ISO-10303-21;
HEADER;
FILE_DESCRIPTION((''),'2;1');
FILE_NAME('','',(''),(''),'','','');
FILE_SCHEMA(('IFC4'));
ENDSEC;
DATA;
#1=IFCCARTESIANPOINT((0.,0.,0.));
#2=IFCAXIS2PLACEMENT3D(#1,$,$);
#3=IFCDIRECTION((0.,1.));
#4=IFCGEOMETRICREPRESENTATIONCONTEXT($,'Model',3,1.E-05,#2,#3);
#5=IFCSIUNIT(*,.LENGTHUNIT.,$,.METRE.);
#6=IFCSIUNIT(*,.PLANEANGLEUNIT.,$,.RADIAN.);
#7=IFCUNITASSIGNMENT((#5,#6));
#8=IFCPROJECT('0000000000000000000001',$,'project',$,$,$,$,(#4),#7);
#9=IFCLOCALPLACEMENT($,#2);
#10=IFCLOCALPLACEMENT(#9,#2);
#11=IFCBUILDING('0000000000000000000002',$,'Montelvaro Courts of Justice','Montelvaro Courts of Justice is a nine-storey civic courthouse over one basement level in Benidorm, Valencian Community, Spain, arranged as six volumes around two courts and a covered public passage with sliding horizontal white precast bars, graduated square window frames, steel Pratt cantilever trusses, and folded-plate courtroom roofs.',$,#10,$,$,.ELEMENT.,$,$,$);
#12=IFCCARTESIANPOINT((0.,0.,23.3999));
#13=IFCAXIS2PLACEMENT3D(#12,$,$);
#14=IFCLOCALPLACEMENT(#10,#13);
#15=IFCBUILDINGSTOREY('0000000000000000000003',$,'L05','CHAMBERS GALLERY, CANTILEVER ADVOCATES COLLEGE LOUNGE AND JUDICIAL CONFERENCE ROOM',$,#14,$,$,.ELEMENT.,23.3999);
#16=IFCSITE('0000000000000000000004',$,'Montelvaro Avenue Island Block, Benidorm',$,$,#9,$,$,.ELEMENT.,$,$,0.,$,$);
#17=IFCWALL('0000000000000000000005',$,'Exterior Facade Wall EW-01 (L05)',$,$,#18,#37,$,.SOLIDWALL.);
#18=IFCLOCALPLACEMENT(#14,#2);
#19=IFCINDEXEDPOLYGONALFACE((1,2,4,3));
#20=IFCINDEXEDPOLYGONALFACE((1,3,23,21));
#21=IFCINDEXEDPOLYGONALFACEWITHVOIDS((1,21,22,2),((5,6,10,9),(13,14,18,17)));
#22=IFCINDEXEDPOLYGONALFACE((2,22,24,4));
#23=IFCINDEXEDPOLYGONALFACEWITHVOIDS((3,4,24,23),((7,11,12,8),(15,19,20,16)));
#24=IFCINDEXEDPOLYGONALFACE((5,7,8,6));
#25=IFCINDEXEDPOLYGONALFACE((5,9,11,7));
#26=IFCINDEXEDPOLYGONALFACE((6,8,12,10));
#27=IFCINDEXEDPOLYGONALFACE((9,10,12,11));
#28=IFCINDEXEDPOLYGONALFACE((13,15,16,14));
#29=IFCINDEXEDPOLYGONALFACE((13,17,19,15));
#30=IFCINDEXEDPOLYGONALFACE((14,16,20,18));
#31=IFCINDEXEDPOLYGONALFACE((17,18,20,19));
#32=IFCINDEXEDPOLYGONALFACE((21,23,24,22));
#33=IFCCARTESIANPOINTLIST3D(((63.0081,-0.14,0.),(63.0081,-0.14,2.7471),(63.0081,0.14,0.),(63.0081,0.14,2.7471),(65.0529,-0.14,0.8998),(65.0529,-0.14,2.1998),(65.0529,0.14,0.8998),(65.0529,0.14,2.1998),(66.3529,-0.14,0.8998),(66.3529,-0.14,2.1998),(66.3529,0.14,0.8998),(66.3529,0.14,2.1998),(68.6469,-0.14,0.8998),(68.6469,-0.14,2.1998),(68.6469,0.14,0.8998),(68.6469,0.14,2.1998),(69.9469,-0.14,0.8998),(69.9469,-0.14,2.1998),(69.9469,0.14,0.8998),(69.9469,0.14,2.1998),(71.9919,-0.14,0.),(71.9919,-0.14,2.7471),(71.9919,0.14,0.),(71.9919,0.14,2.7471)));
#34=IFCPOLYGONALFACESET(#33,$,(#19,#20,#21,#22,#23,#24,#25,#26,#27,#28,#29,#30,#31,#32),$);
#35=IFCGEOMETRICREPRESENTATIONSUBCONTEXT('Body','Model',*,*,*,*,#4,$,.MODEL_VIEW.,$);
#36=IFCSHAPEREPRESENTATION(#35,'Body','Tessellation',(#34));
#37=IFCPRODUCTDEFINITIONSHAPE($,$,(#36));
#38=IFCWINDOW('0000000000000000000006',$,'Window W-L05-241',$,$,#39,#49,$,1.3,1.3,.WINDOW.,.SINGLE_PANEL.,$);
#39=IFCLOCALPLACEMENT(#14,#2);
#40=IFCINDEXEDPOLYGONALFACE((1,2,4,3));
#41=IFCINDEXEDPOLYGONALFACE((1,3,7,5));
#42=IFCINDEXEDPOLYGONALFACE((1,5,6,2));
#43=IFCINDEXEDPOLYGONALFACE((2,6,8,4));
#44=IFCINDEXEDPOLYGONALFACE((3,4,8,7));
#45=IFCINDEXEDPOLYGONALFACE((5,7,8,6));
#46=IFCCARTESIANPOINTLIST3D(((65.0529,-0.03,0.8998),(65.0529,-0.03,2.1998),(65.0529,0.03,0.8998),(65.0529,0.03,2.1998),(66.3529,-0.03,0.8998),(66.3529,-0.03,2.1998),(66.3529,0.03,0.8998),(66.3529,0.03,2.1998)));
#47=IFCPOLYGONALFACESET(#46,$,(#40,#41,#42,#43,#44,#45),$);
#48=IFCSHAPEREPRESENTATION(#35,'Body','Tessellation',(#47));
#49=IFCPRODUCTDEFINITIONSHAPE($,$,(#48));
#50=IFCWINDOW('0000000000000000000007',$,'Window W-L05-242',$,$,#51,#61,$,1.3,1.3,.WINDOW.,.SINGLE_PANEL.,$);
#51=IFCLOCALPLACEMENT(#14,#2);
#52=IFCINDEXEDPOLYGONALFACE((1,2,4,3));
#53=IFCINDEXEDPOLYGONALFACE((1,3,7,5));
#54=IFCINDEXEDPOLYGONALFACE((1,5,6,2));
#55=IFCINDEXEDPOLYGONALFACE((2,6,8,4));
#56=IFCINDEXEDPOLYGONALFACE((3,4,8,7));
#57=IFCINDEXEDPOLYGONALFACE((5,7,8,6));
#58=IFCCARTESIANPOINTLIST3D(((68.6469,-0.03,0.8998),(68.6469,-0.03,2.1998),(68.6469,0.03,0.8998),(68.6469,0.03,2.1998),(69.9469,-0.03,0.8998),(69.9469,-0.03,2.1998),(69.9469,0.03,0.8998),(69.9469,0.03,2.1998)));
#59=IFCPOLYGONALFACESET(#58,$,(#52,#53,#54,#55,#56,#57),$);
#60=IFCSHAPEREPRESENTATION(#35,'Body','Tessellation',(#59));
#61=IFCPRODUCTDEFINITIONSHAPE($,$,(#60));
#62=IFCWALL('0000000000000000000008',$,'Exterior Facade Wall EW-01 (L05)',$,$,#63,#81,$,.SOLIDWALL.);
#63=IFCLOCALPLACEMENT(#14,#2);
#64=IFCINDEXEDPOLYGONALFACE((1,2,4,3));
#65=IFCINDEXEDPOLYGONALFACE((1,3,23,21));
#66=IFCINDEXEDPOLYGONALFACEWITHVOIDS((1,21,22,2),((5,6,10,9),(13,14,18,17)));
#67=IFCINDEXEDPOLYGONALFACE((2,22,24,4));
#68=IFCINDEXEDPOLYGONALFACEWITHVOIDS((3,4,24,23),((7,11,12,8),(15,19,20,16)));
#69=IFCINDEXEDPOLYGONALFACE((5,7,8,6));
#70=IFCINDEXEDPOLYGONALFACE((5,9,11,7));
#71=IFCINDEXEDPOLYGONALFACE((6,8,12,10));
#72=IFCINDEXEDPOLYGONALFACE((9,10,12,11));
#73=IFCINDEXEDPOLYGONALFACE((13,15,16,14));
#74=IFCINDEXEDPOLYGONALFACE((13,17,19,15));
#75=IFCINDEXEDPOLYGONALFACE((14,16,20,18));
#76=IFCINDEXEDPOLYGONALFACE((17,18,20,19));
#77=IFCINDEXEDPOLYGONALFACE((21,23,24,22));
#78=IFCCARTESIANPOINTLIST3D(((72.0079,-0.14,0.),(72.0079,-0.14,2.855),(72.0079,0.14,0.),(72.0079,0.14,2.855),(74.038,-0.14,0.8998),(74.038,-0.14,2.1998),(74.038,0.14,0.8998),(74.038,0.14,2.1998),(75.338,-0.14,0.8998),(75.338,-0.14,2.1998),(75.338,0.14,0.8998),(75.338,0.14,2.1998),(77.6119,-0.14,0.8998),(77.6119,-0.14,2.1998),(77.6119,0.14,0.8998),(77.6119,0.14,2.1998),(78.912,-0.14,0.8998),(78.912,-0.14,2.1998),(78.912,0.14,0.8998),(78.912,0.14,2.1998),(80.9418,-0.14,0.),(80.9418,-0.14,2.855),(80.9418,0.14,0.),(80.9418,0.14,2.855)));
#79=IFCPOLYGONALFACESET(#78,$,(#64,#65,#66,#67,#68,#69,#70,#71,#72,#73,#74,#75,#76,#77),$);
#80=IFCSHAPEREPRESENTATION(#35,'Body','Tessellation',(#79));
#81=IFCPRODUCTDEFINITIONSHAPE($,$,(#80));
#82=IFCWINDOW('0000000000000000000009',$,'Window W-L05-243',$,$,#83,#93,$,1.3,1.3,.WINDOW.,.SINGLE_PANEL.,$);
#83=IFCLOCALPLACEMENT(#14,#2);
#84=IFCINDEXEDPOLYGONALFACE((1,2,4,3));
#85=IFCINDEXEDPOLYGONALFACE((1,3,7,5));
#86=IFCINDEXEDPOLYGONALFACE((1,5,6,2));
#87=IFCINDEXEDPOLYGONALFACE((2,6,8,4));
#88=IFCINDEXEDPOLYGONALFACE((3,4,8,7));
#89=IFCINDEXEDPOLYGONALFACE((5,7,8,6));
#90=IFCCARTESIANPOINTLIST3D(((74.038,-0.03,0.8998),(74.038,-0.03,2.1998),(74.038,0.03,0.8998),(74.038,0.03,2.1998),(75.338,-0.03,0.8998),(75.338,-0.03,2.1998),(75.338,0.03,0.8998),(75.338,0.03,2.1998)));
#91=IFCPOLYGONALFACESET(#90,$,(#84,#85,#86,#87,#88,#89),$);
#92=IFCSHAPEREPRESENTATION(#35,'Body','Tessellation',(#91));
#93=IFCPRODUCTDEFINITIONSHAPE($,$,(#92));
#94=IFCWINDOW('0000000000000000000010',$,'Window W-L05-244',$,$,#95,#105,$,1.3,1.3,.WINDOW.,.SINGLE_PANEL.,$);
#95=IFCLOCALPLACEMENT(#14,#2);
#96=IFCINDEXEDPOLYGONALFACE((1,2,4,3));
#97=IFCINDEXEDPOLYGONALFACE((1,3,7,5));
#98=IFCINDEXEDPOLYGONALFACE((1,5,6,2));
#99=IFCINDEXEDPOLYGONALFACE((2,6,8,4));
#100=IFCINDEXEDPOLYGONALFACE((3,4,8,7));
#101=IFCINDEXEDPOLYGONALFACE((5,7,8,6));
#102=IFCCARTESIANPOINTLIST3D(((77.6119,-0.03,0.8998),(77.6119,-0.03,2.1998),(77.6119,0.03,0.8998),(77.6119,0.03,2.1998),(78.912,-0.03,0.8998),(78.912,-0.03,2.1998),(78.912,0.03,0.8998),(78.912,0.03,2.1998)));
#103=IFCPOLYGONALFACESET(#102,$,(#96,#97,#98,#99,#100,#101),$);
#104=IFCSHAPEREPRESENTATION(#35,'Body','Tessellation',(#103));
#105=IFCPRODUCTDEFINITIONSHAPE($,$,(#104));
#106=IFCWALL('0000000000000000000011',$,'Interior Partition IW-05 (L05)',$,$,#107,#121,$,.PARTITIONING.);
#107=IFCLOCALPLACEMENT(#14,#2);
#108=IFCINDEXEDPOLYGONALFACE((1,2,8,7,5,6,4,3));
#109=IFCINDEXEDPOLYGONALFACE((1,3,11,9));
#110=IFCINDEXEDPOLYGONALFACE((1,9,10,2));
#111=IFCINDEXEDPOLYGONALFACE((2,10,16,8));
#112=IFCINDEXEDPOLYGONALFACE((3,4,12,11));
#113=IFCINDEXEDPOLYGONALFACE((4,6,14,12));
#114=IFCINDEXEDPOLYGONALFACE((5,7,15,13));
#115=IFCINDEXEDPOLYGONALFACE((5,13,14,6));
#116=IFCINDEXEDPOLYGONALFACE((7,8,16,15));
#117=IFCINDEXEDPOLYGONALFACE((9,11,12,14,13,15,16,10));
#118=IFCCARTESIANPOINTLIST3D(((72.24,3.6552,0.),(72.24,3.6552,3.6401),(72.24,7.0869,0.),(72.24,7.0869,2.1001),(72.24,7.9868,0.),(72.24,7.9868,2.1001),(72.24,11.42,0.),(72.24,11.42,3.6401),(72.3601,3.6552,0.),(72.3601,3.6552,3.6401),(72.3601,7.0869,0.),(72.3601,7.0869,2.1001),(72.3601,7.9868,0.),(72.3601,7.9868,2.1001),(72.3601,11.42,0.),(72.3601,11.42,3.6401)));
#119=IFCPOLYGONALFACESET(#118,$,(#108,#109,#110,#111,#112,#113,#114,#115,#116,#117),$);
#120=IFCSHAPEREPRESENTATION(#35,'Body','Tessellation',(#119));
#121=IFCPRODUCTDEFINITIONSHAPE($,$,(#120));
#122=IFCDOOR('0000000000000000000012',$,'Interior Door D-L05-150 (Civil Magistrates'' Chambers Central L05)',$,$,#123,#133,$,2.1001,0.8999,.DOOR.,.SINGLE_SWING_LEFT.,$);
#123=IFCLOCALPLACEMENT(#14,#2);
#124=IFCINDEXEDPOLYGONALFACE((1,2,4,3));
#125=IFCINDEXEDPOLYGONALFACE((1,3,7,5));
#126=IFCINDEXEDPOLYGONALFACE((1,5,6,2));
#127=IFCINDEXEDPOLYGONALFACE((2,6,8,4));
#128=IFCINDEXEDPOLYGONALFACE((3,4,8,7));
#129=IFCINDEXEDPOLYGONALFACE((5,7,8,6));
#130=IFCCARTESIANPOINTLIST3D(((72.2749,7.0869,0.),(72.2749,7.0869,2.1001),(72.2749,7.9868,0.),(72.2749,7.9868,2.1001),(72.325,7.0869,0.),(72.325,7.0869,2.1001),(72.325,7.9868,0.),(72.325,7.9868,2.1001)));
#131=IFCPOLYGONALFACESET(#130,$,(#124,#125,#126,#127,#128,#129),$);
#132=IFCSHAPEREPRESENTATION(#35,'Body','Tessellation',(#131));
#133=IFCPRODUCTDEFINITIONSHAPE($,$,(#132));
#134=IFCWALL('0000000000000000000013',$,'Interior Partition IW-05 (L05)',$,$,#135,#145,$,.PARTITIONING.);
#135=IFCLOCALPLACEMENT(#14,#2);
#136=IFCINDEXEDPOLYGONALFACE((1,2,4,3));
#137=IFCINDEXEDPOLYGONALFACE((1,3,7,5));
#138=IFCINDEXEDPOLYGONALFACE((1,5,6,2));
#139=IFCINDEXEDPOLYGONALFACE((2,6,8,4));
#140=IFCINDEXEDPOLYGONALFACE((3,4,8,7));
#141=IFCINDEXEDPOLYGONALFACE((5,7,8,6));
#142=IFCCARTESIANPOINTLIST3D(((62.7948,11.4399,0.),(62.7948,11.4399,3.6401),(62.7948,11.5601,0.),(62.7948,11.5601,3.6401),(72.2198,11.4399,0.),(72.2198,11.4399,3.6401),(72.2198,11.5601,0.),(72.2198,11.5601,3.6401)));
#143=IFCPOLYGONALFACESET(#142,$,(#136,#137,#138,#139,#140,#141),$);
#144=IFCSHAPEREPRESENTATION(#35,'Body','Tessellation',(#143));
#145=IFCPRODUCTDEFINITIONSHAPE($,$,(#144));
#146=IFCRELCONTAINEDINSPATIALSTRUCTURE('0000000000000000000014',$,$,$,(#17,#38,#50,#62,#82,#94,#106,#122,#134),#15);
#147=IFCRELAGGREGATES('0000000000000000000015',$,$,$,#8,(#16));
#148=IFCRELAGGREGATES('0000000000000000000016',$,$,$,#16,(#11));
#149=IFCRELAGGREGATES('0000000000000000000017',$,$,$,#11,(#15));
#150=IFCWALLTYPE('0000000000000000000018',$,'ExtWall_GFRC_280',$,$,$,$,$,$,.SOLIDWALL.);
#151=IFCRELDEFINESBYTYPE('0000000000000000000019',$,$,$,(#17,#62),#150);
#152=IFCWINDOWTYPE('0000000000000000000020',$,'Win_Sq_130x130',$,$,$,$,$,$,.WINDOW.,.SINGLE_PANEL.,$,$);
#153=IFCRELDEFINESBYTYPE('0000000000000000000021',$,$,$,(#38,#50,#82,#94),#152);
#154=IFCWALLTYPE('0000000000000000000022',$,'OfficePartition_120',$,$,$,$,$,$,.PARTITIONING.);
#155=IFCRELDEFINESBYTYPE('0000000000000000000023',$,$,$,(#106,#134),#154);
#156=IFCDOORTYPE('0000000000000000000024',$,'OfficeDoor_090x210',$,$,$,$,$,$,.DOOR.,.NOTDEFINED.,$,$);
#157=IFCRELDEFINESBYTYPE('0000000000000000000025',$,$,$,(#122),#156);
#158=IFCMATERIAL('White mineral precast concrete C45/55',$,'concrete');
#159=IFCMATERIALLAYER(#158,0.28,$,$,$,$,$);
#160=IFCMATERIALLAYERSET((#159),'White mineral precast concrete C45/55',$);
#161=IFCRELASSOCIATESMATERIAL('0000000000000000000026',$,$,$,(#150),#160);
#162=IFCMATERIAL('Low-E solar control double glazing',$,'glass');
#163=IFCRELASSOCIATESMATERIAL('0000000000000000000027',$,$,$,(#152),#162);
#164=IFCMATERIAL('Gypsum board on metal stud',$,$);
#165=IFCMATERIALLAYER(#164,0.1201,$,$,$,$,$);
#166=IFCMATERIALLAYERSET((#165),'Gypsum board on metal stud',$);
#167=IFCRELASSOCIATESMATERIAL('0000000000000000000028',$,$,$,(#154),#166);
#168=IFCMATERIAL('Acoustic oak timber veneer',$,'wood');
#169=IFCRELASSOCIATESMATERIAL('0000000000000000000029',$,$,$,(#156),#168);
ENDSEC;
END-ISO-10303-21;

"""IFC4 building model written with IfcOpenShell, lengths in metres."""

from ifc_helpers import new_model, si_unit, direction, frame, frame_2d, origin, place, context, subcontext, project, spatial, rectangle, extrude, material, layer, layer_set, type_object, element, fill, save


model = new_model("IFC4")

# Units and contexts
model_context = context("Model", 3, precision=1e-05, world=origin(), true_north=direction((0.0, 1.0)))
body_context = subcontext(model_context, "Body", "Model", "MODEL_VIEW")
ifc_project = project(units=[si_unit("LENGTHUNIT", "METRE"), si_unit("PLANEANGLEUNIT", "RADIAN")], contexts=[model_context])

# Site, building, storey
site_placement = place(None, origin())
site = spatial("IfcSite", under=ifc_project, at=site_placement, Name="Montelvaro Avenue Island Block, Benidorm", CompositionType="ELEMENT", RefElevation=0.0)
building_placement = place(site_placement, origin())
building = spatial("IfcBuilding", under=site, at=building_placement, Name="Montelvaro Courts of Justice", Description="Montelvaro Courts of Justice is a nine-storey civic courthouse over one basement level in Benidorm, Valencian Community, Spain, arranged as six volumes around two courts and a covered public passage with sliding horizontal white precast bars, graduated square window frames, steel Pratt cantilever trusses, and folded-plate courtroom roofs.", CompositionType="ELEMENT")
storey_placement = place(building_placement, frame((0.0, 0.0, 23.3999)))
storey = spatial("IfcBuildingStorey", under=building, at=storey_placement, Name="L05", Description="CHAMBERS GALLERY, CANTILEVER ADVOCATES COLLEGE LOUNGE AND JUDICIAL CONFERENCE ROOM", CompositionType="ELEMENT", Elevation=23.3999)

# Shared definitions
ifc_material_1 = material(Name="White mineral precast concrete C45/55", Category="concrete")

# Walls, openings, windows
ifc_layer_1 = layer(ifc_material_1, 0.28)
ifc_layer_set_1 = layer_set([ifc_layer_1], Name="White mineral precast concrete C45/55")
wall_type_1 = type_object("IfcWallType", Name="ExtWall_GFRC_280", PredefinedType="SOLIDWALL", material=ifc_layer_set_1)
wall_1_placement = place(storey_placement, frame((63.0081, 0.0, 0.0), z_axis=(0.0, 0.0, 1.0), x_axis=(1.0, 0.0, 0.0)))
wall_1 = element("IfcWall", 1, at=wall_1_placement, inside=storey, type_object=wall_type_1, Name="Exterior Facade Wall EW-01 (L05)", PredefinedType="SOLIDWALL", context=body_context, shape_type="SweptSolid", body=[
    extrude(rectangle(XDim=8.9839, YDim=0.28, at=frame_2d((4.4919, 0.0))), origin(), (0.0, 0.0, 1.0), 2.7471),
])
opening_1_placement = place(wall_1_placement, frame((2.0449, 0.0, 0.8999)))
opening_1 = element("IfcOpeningElement", 2, at=opening_1_placement, cuts=wall_1, PredefinedType="OPENING", context=body_context, shape_type="SweptSolid", body=[
    extrude(rectangle(XDim=1.3, YDim=1.3, at=frame_2d((0.6499, 0.6499))), frame((0.0, 0.1548, 0.0), z_axis=(0.0, -1.0, 0.0), x_axis=(1.0, 0.0, 0.0)), (0.0, 0.0, 1.0), 0.3098),
])
opening_2_placement = place(wall_1_placement, frame((5.6389, 0.0, 0.8999)))
opening_2 = element("IfcOpeningElement", 3, at=opening_2_placement, cuts=wall_1, PredefinedType="OPENING", context=body_context, shape_type="SweptSolid", body=[
    extrude(rectangle(XDim=1.3, YDim=1.3, at=frame_2d((0.6499, 0.6499))), frame((0.0, 0.1548, 0.0), z_axis=(0.0, -1.0, 0.0), x_axis=(1.0, 0.0, 0.0)), (0.0, 0.0, 1.0), 0.3098),
])
ifc_material_2 = material(Name="Low-E solar control double glazing", Category="glass")
window_type = type_object("IfcWindowType", Name="Win_Sq_130x130", PartitioningType="SINGLE_PANEL", PredefinedType="WINDOW", material=ifc_material_2)
window_1_placement = place(opening_1_placement, origin())
window_1 = element("IfcWindow", 4, at=window_1_placement, inside=storey, type_object=window_type, Name="Window W-L05-241", OverallHeight=1.3, OverallWidth=1.3, PartitioningType="SINGLE_PANEL", PredefinedType="WINDOW", context=body_context, shape_type="SweptSolid", body=[
    extrude(rectangle(XDim=1.3, YDim=1.3, at=frame_2d((0.6499, 0.6499))), frame((0.0, 0.03, 0.0), z_axis=(0.0, -1.0, 0.0), x_axis=(1.0, 0.0, 0.0)), (0.0, 0.0, 1.0), 0.0601),
])
fill(opening_1, window_1)
window_2_placement = place(opening_2_placement, origin())
window_2 = element("IfcWindow", 5, at=window_2_placement, inside=storey, type_object=window_type, Name="Window W-L05-242", OverallHeight=1.3, OverallWidth=1.3, PartitioningType="SINGLE_PANEL", PredefinedType="WINDOW", context=body_context, shape_type="SweptSolid", body=[
    extrude(rectangle(XDim=1.3, YDim=1.3, at=frame_2d((0.6499, 0.6499))), frame((0.0, 0.03, 0.0), z_axis=(0.0, -1.0, 0.0), x_axis=(1.0, 0.0, 0.0)), (0.0, 0.0, 1.0), 0.0601),
])
fill(opening_2, window_2)
wall_2_placement = place(storey_placement, frame((72.0081, 0.0, 0.0), z_axis=(0.0, 0.0, 1.0), x_axis=(1.0, 0.0, 0.0)))
wall_2 = element("IfcWall", 6, at=wall_2_placement, inside=storey, type_object=wall_type_1, Name="Exterior Facade Wall EW-01 (L05)", PredefinedType="SOLIDWALL", context=body_context, shape_type="SweptSolid", body=[
    extrude(rectangle(XDim=8.9338, YDim=0.28, at=frame_2d((4.4668, 0.0))), origin(), (0.0, 0.0, 1.0), 2.855),
])
opening_3_placement = place(wall_2_placement, frame((2.03, 0.0, 0.8999)))
opening_3 = element("IfcOpeningElement", 7, at=opening_3_placement, cuts=wall_2, PredefinedType="OPENING", context=body_context, shape_type="SweptSolid", body=[
    extrude(rectangle(XDim=1.3, YDim=1.3, at=frame_2d((0.6499, 0.6499))), frame((0.0, 0.1548, 0.0), z_axis=(0.0, -1.0, 0.0), x_axis=(1.0, 0.0, 0.0)), (0.0, 0.0, 1.0), 0.3098),
])
opening_4_placement = place(wall_2_placement, frame((5.604, 0.0, 0.8999)))
opening_4 = element("IfcOpeningElement", 8, at=opening_4_placement, cuts=wall_2, PredefinedType="OPENING", context=body_context, shape_type="SweptSolid", body=[
    extrude(rectangle(XDim=1.3, YDim=1.3, at=frame_2d((0.6499, 0.6499))), frame((0.0, 0.1548, 0.0), z_axis=(0.0, -1.0, 0.0), x_axis=(1.0, 0.0, 0.0)), (0.0, 0.0, 1.0), 0.3098),
])
window_3_placement = place(opening_3_placement, origin())
window_3 = element("IfcWindow", 9, at=window_3_placement, inside=storey, type_object=window_type, Name="Window W-L05-243", OverallHeight=1.3, OverallWidth=1.3, PartitioningType="SINGLE_PANEL", PredefinedType="WINDOW", context=body_context, shape_type="SweptSolid", body=[
    extrude(rectangle(XDim=1.3, YDim=1.3, at=frame_2d((0.6499, 0.6499))), frame((0.0, 0.03, 0.0), z_axis=(0.0, -1.0, 0.0), x_axis=(1.0, 0.0, 0.0)), (0.0, 0.0, 1.0), 0.0601),
])
fill(opening_3, window_3)
window_4_placement = place(opening_4_placement, origin())
window_4 = element("IfcWindow", 10, at=window_4_placement, inside=storey, type_object=window_type, Name="Window W-L05-244", OverallHeight=1.3, OverallWidth=1.3, PartitioningType="SINGLE_PANEL", PredefinedType="WINDOW", context=body_context, shape_type="SweptSolid", body=[
    extrude(rectangle(XDim=1.3, YDim=1.3, at=frame_2d((0.6499, 0.6499))), frame((0.0, 0.03, 0.0), z_axis=(0.0, -1.0, 0.0), x_axis=(1.0, 0.0, 0.0)), (0.0, 0.0, 1.0), 0.0601),
])
fill(opening_4, window_4)

# Wall, opening, door
ifc_material_3 = material(Name="Gypsum board on metal stud")
ifc_layer_2 = layer(ifc_material_3, 0.1201)
ifc_layer_set_2 = layer_set([ifc_layer_2], Name="Gypsum board on metal stud")
wall_type_2 = type_object("IfcWallType", Name="OfficePartition_120", PredefinedType="PARTITIONING", material=ifc_layer_set_2)
wall_3_placement = place(storey_placement, frame((72.3, 11.4199, 0.0), z_axis=(0.0, 0.0, 1.0), x_axis=(0.0, -1.0, 0.0)))
wall_3 = element("IfcWall", 11, at=wall_3_placement, inside=storey, type_object=wall_type_2, Name="Interior Partition IW-05 (L05)", PredefinedType="PARTITIONING", context=body_context, shape_type="SweptSolid", body=[
    extrude(rectangle(XDim=7.7649, YDim=0.1201, at=frame_2d((3.8823, 0.0))), origin(), (0.0, 0.0, 1.0), 3.6401),
])
opening_5_placement = place(wall_3_placement, frame((3.4331, 0.0, 0.0)))
opening_5 = element("IfcOpeningElement", 12, at=opening_5_placement, cuts=wall_3, PredefinedType="OPENING", context=body_context, shape_type="SweptSolid", body=[
    extrude(rectangle(XDim=0.8999, YDim=2.1001, at=frame_2d((0.45, 1.05))), frame((0.0, 0.075, 0.0), z_axis=(0.0, -1.0, 0.0), x_axis=(1.0, 0.0, 0.0)), (0.0, 0.0, 1.0), 0.1499),
])
ifc_material_4 = material(Name="Acoustic oak timber veneer", Category="wood")
door_type = type_object("IfcDoorType", Name="OfficeDoor_090x210", OperationType="NOTDEFINED", PredefinedType="DOOR", material=ifc_material_4)
door_placement = place(opening_5_placement, origin())
door = element("IfcDoor", 13, at=door_placement, inside=storey, type_object=door_type, Name="Interior Door D-L05-150 (Civil Magistrates' Chambers Central L05)", OperationType="SINGLE_SWING_LEFT", OverallHeight=2.1001, OverallWidth=0.8999, PredefinedType="DOOR", context=body_context, shape_type="SweptSolid", body=[
    extrude(rectangle(XDim=0.8999, YDim=2.1001, at=frame_2d((0.45, 1.05))), frame((0.0, 0.0249, 0.0), z_axis=(0.0, -1.0, 0.0), x_axis=(1.0, 0.0, 0.0)), (0.0, 0.0, 1.0), 0.05),
])
fill(opening_5, door)

# Wall
wall_4_placement = place(storey_placement, frame((62.7949, 11.5, 0.0), z_axis=(0.0, 0.0, 1.0), x_axis=(1.0, 0.0, 0.0)))
element("IfcWall", 14, at=wall_4_placement, inside=storey, type_object=wall_type_2, Name="Interior Partition IW-05 (L05)", PredefinedType="PARTITIONING", context=body_context, shape_type="SweptSolid", body=[
    extrude(rectangle(XDim=9.425, YDim=0.1201, at=frame_2d((4.7124, 0.0))), origin(), (0.0, 0.0, 1.0), 3.6401),
])

save(model, "model.ifc")
